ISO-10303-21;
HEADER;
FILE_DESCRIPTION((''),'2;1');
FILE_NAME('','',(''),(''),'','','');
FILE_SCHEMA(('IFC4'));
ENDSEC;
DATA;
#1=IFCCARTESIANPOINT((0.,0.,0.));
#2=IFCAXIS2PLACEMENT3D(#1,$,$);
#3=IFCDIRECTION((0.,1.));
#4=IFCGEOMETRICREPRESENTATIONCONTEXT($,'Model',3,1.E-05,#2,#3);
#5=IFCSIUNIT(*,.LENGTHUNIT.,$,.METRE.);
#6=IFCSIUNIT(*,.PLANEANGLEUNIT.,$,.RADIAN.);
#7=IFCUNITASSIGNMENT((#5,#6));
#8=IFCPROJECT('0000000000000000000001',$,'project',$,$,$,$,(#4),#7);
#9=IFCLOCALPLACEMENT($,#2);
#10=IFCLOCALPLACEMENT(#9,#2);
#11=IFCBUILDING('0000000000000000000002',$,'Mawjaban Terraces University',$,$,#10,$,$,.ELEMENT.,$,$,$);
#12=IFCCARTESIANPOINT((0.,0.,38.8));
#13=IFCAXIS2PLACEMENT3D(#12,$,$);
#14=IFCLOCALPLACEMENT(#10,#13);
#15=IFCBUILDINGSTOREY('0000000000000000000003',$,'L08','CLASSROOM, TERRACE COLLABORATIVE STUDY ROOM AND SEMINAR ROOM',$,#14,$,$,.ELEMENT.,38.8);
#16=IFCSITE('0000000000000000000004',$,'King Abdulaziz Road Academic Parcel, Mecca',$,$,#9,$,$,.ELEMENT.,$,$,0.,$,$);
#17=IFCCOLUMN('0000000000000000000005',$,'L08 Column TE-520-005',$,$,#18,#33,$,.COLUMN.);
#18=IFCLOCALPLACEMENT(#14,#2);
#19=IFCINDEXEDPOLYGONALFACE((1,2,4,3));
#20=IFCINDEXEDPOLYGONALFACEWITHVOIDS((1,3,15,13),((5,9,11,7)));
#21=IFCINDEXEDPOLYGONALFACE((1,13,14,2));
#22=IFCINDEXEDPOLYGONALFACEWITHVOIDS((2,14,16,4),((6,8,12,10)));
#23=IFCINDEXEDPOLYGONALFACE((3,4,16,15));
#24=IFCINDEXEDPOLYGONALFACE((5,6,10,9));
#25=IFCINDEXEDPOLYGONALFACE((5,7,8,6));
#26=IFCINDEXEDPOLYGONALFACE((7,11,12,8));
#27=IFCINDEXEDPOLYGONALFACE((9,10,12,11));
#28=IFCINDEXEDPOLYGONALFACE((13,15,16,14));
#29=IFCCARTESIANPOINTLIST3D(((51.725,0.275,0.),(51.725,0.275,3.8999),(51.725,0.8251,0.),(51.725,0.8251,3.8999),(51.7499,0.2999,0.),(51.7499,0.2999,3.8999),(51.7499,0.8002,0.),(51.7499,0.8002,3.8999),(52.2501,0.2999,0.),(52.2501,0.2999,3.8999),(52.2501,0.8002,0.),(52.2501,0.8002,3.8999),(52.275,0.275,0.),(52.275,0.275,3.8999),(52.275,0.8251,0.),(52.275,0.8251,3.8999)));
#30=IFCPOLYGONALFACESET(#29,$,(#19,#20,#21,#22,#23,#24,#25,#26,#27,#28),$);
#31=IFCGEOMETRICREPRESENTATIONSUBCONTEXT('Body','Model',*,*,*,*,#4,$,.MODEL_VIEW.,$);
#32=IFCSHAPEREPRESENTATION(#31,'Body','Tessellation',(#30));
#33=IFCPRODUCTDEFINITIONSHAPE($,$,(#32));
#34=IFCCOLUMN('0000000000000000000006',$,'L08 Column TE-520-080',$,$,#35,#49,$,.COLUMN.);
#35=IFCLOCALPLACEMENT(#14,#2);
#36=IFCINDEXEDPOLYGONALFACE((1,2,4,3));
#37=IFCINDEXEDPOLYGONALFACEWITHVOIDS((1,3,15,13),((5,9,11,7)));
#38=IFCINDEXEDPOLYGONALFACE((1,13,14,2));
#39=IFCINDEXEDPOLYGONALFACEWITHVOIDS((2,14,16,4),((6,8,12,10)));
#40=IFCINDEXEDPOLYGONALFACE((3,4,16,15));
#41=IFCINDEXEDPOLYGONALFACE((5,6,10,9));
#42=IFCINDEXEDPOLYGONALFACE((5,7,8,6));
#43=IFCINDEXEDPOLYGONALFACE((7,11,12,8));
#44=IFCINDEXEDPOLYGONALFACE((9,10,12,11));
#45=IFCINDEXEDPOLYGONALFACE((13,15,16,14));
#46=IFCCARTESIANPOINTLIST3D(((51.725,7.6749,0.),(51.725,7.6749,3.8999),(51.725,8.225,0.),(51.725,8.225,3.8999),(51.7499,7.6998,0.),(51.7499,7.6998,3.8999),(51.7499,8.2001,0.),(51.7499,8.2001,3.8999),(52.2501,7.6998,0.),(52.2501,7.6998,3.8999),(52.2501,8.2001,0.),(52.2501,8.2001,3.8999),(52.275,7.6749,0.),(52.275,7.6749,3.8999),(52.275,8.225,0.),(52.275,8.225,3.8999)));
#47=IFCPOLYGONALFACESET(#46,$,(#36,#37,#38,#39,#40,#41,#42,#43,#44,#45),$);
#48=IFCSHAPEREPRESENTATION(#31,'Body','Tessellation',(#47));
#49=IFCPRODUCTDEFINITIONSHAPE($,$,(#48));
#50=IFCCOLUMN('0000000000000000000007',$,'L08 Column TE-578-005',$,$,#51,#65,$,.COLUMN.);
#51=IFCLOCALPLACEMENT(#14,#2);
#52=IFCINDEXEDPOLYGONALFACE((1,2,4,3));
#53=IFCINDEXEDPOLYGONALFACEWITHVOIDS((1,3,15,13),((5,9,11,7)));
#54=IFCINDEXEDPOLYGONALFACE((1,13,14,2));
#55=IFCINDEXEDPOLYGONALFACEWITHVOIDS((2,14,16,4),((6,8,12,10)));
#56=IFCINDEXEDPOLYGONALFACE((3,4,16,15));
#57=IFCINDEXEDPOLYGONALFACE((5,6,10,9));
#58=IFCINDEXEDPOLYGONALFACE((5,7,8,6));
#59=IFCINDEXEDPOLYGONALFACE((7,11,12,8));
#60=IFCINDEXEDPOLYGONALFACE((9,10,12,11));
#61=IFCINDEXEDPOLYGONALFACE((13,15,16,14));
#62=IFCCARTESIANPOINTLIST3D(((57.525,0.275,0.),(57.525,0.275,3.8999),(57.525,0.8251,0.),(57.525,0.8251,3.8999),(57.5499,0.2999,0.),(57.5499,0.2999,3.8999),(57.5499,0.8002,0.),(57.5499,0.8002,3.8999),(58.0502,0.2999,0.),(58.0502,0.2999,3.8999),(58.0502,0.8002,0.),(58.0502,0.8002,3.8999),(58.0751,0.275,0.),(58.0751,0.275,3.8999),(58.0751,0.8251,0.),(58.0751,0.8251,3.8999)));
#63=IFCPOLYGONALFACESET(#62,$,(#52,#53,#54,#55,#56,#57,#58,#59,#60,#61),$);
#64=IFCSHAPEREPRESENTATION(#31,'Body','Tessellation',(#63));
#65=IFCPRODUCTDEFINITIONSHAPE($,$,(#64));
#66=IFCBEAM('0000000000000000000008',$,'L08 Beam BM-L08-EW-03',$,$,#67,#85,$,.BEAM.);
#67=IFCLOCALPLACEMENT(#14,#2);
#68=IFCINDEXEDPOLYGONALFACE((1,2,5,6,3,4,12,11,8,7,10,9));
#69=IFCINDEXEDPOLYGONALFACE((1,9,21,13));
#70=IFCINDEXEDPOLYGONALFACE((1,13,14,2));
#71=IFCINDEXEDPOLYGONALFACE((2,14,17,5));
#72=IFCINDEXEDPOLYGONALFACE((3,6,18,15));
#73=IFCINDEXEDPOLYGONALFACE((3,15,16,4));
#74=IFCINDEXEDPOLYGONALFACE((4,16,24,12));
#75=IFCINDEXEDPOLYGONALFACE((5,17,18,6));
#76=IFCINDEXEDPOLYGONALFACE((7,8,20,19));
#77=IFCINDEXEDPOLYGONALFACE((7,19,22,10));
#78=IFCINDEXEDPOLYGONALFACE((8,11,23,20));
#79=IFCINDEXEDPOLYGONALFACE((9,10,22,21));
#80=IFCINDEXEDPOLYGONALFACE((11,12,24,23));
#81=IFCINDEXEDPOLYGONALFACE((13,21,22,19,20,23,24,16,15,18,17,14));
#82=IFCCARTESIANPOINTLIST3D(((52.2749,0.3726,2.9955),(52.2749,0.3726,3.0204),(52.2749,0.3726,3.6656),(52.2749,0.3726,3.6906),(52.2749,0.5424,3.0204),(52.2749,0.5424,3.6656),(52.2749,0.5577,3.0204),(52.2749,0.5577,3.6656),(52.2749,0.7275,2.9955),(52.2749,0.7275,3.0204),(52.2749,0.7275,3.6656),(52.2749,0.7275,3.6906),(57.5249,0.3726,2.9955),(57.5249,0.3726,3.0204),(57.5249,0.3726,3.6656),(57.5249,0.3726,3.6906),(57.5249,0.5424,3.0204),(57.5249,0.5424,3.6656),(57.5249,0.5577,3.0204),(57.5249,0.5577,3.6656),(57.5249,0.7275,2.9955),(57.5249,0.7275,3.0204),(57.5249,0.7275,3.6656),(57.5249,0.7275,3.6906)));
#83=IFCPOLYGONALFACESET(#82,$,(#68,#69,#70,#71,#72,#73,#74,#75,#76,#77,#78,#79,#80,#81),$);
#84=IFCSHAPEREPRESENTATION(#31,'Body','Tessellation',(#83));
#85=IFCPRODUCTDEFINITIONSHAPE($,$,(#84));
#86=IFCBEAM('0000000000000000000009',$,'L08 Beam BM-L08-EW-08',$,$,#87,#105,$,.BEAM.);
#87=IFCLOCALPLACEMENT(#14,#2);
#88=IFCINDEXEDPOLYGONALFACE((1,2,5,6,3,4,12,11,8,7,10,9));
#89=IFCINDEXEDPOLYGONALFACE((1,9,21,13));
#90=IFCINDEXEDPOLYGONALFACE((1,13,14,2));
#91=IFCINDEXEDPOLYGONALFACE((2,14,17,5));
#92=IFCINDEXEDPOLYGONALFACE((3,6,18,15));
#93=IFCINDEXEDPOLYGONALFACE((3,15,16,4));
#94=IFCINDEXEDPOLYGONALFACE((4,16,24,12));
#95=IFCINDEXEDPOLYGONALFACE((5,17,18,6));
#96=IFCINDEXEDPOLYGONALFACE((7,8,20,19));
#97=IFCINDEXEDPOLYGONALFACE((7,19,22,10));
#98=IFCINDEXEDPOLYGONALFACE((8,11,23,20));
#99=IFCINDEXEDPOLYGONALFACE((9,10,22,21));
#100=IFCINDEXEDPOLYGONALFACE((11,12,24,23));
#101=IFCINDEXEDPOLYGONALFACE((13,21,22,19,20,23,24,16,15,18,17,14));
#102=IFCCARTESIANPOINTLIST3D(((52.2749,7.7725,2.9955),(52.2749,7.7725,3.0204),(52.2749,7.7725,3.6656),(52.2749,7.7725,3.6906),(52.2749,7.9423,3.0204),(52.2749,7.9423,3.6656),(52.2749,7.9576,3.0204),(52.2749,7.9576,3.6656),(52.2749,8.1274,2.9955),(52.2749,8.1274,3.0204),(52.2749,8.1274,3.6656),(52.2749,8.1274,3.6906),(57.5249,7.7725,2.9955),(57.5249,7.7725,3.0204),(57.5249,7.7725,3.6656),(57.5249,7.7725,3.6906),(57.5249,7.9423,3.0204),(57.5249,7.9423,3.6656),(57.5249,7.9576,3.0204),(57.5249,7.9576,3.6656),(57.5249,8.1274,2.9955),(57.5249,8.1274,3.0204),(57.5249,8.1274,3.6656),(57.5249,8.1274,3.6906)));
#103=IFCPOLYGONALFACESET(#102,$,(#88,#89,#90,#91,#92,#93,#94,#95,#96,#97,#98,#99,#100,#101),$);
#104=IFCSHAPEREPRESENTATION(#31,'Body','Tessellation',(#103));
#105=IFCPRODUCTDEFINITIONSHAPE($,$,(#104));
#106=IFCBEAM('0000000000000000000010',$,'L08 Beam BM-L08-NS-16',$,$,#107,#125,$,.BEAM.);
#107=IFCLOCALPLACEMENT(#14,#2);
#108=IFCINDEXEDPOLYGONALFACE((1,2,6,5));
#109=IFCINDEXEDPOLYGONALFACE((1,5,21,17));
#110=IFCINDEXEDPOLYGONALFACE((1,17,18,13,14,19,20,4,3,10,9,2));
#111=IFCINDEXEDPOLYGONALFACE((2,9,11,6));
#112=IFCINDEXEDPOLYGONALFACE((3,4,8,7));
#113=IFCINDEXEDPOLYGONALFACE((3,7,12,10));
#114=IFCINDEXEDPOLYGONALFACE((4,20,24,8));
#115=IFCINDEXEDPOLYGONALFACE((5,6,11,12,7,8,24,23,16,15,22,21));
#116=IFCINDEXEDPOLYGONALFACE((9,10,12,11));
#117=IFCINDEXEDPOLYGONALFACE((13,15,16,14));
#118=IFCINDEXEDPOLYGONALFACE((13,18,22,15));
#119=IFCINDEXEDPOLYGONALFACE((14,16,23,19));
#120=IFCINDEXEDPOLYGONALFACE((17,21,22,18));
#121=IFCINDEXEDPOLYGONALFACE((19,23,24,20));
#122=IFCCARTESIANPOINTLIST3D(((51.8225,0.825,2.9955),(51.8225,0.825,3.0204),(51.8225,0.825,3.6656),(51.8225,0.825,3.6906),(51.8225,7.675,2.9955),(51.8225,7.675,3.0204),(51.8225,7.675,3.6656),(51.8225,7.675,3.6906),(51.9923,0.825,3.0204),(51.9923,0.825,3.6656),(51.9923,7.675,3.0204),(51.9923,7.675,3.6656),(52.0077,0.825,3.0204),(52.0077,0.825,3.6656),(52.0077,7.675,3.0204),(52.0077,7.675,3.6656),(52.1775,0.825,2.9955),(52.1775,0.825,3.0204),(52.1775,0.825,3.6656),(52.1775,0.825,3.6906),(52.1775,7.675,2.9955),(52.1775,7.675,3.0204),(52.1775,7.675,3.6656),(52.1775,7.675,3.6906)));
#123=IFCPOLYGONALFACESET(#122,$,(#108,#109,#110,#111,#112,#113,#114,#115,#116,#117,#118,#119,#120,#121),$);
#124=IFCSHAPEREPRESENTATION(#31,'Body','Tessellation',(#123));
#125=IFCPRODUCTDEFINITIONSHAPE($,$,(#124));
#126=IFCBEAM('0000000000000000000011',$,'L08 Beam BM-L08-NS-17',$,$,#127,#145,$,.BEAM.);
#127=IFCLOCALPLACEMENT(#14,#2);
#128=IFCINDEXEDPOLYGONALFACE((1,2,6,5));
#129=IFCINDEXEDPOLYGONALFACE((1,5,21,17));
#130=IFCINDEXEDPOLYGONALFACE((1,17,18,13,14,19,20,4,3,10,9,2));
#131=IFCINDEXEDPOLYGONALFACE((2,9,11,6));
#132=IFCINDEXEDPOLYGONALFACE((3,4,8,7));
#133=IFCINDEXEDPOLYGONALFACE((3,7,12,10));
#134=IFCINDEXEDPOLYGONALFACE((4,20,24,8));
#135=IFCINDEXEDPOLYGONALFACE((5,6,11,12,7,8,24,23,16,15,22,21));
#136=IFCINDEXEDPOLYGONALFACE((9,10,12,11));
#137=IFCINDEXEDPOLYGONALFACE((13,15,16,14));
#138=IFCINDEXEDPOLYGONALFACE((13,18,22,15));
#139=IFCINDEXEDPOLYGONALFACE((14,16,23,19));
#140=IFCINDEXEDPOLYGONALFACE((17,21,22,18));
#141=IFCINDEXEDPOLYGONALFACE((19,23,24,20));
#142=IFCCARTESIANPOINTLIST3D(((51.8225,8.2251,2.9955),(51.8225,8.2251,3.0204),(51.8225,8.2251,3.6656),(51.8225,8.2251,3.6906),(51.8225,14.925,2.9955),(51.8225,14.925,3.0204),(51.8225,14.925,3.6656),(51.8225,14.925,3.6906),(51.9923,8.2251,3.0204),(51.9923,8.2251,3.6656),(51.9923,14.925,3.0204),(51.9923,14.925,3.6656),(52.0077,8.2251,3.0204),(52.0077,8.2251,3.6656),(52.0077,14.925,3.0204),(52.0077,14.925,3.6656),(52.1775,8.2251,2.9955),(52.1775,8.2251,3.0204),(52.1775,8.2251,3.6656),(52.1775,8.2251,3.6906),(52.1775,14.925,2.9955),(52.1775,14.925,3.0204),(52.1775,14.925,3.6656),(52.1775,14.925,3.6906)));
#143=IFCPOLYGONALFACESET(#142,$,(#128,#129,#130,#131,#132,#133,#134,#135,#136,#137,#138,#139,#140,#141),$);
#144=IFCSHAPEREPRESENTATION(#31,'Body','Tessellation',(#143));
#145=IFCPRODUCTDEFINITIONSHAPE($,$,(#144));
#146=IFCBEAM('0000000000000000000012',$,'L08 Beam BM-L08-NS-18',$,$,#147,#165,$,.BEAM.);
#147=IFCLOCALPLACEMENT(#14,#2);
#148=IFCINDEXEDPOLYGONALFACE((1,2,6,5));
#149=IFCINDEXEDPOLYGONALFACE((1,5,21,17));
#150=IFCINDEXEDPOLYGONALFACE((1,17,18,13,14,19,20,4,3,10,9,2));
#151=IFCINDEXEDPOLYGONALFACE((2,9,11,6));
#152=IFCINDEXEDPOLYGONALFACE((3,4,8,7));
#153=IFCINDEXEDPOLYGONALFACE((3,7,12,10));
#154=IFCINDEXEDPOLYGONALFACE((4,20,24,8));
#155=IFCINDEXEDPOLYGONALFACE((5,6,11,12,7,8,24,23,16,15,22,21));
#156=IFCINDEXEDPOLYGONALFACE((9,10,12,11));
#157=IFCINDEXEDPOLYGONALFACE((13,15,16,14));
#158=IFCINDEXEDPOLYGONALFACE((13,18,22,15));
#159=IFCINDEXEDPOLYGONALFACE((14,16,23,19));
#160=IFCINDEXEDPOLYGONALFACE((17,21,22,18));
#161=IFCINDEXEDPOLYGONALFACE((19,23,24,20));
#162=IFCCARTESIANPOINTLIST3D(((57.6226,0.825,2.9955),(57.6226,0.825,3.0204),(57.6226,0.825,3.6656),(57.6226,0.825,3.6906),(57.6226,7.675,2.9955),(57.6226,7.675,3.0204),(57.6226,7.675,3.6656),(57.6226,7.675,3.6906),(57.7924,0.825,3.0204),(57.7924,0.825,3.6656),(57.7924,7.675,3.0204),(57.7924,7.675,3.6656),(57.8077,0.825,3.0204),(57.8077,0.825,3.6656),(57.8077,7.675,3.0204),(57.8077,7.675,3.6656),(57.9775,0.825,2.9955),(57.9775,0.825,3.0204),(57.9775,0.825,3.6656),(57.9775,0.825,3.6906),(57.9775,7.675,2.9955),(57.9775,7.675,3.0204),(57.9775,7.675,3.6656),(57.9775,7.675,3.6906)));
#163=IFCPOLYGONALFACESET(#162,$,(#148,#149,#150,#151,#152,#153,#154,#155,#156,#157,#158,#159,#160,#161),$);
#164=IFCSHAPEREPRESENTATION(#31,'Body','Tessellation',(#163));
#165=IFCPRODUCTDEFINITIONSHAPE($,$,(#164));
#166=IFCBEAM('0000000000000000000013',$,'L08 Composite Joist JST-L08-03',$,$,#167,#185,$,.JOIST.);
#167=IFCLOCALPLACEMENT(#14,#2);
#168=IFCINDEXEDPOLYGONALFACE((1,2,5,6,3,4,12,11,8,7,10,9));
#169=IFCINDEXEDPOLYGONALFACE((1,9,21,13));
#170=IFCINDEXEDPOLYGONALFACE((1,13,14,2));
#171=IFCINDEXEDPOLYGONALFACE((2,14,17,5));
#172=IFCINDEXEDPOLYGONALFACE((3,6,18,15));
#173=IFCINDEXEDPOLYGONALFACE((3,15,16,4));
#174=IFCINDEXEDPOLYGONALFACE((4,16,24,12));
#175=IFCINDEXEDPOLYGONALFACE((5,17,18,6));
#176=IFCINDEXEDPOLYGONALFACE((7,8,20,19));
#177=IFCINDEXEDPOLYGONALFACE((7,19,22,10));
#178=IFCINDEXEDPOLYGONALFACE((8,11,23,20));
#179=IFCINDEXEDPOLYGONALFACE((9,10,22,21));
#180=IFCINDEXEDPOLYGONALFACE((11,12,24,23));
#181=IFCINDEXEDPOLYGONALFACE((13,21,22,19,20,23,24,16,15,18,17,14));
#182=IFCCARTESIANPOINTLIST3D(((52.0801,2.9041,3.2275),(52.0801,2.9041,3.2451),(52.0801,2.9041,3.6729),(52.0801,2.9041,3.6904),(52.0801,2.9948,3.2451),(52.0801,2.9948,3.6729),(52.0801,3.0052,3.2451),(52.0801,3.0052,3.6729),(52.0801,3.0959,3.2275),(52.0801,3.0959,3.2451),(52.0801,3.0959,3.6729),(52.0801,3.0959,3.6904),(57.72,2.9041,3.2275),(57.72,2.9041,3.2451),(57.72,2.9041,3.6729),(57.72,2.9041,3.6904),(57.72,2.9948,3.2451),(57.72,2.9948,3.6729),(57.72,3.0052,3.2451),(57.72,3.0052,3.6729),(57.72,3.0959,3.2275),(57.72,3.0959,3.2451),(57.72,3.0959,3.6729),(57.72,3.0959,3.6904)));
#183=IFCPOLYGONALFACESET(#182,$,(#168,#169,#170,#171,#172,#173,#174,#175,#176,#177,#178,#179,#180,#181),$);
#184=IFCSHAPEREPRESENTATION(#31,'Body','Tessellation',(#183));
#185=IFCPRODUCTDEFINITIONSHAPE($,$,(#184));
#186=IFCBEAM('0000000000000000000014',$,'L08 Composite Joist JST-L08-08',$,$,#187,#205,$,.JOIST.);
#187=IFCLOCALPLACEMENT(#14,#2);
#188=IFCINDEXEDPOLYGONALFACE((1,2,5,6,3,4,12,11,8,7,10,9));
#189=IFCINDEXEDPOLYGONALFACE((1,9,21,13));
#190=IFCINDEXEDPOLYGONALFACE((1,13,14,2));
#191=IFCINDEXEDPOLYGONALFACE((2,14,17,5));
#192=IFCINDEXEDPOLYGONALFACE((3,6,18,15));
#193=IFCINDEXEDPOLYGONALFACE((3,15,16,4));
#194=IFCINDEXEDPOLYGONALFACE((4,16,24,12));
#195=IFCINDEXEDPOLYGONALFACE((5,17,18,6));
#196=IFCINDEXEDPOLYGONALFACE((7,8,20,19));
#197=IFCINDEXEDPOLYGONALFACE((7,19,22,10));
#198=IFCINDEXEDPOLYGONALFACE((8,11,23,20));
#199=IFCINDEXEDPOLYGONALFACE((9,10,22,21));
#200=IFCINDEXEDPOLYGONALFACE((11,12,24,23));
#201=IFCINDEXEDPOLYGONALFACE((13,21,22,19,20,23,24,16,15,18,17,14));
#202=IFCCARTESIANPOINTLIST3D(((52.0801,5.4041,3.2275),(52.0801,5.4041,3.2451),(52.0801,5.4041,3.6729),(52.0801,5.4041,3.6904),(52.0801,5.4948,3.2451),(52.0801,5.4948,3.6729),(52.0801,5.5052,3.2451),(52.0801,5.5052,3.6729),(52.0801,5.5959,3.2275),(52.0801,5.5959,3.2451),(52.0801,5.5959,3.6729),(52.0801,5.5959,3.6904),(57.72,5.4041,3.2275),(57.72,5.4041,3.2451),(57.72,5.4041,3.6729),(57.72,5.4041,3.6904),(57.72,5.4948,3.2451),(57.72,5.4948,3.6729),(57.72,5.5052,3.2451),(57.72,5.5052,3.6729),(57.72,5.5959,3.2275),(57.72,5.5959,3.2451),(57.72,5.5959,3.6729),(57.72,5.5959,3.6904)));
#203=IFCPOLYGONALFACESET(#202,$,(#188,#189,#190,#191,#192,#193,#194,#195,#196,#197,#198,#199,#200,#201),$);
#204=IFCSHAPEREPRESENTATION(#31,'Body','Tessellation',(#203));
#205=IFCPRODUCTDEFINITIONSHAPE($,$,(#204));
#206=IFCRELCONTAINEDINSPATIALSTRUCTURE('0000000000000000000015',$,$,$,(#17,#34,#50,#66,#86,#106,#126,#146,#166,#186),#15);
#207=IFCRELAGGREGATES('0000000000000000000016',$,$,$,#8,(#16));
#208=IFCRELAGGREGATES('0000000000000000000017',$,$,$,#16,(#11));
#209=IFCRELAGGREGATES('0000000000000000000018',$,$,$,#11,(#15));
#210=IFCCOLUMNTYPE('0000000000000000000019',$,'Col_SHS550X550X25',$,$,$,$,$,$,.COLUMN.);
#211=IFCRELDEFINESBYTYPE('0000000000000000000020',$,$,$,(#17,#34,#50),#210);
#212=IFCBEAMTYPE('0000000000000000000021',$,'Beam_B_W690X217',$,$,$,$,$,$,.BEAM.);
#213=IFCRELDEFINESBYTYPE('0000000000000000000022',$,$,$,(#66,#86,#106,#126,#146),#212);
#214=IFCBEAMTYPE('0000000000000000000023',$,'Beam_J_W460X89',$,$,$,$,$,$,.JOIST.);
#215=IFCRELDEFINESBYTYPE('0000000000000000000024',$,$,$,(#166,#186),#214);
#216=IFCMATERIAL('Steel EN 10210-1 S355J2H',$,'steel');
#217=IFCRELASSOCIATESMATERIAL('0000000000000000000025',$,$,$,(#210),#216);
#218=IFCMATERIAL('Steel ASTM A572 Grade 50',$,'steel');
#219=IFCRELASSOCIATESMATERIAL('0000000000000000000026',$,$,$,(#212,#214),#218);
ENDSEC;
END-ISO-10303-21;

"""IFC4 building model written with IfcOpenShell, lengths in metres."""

from ifc_helpers import new_model, si_unit, direction, frame, origin, origin_2d, place, context, subcontext, project, spatial, hollow_rectangle, i_section, extrude, material, material_profile, profile_set, type_object, element, save


model = new_model("IFC4")

# Units and contexts
model_context = context("Model", 3, precision=1e-05, world=origin(), true_north=direction((0.0, 1.0)))
body_context = subcontext(model_context, "Body", "Model", "MODEL_VIEW")
ifc_project = project(units=[si_unit("LENGTHUNIT", "METRE"), si_unit("PLANEANGLEUNIT", "RADIAN")], contexts=[model_context])

# Site, building, storey
site_placement = place(None, origin())
site = spatial("IfcSite", under=ifc_project, at=site_placement, Name="King Abdulaziz Road Academic Parcel, Mecca", CompositionType="ELEMENT", RefElevation=0.0)
building_placement = place(site_placement, origin())
building = spatial("IfcBuilding", under=site, at=building_placement, Name="Mawjaban Terraces University", CompositionType="ELEMENT")
storey_placement = place(building_placement, frame((0.0, 0.0, 38.8)))
storey = spatial("IfcBuildingStorey", under=building, at=storey_placement, Name="L08", Description="CLASSROOM, TERRACE COLLABORATIVE STUDY ROOM AND SEMINAR ROOM", CompositionType="ELEMENT", Elevation=38.8)

# Columns
ifc_material_1 = material(Name="Steel EN 10210-1 S355J2H", Category="steel")
ifc_material_profile_1 = material_profile(ifc_material_1, hollow_rectangle(XDim=0.55, YDim=0.55, WallThickness=0.0249, at=origin_2d()), Name="SHS550X550X25")
ifc_profile_set_1 = profile_set([ifc_material_profile_1], Name="Steel EN 10210-1 S355J2H")
column_type = type_object("IfcColumnType", Name="Col_SHS550X550X25", PredefinedType="COLUMN", material=ifc_profile_set_1)
for number, where, z_axis, x_axis, name in (
    (1, (52.0, 0.55, 0.0), (0.0, 0.0, 1.0), (1.0, 0.0, 0.0), "L08 Column TE-520-005"),
    (2, (52.0, 7.95, 0.0), (0.0, 0.0, 1.0), (1.0, 0.0, 0.0), "L08 Column TE-520-080"),
    (3, (57.8, 0.55, 0.0), (0.0, 0.0, 1.0), (1.0, 0.0, 0.0), "L08 Column TE-578-005"),
):
    element("IfcColumn", number, at=place(storey_placement, frame(where, z_axis=z_axis, x_axis=x_axis)), inside=storey, type_object=column_type, Name=name, PredefinedType="COLUMN", context=body_context, shape_type="SweptSolid", body=[
        extrude(hollow_rectangle(XDim=0.55, YDim=0.55, WallThickness=0.0249, at=origin_2d()), origin(), (0.0, 0.0, 1.0), 3.8999),
    ])

# Beams
ifc_material_2 = material(Name="Steel ASTM A572 Grade 50", Category="steel")
ifc_material_profile_2 = material_profile(ifc_material_2, i_section(OverallWidth=0.355, OverallDepth=0.6951, WebThickness=0.0154, FlangeThickness=0.0249, at=origin_2d()), Name="W690X217")
ifc_profile_set_2 = profile_set([ifc_material_profile_2], Name="Steel ASTM A572 Grade 50")
beam_type_1 = type_object("IfcBeamType", Name="Beam_B_W690X217", PredefinedType="BEAM", material=ifc_profile_set_2)
for number, where, z_axis, x_axis, name in (
    (4, (52.2749, 0.55, 3.343), (1.0, 0.0, 0.0), (0.0, 1.0, 0.0), "L08 Beam BM-L08-EW-03"),
    (5, (52.2749, 7.95, 3.343), (1.0, 0.0, 0.0), (0.0, 1.0, 0.0), "L08 Beam BM-L08-EW-08"),
):
    element("IfcBeam", number, at=place(storey_placement, frame(where, z_axis=z_axis, x_axis=x_axis)), inside=storey, type_object=beam_type_1, Name=name, PredefinedType="BEAM", context=body_context, shape_type="SweptSolid", body=[
        extrude(i_section(OverallWidth=0.355, OverallDepth=0.6951, WebThickness=0.0154, FlangeThickness=0.0249, at=origin_2d()), origin(), (0.0, 0.0, 1.0), 5.25),
    ])
beam_1_placement = place(storey_placement, frame((52.0, 0.825, 3.343), z_axis=(0.0, 1.0, 0.0), x_axis=(-1.0, 0.0, 0.0)))
element("IfcBeam", 6, at=beam_1_placement, inside=storey, type_object=beam_type_1, Name="L08 Beam BM-L08-NS-16", PredefinedType="BEAM", context=body_context, shape_type="SweptSolid", body=[
    extrude(i_section(OverallWidth=0.355, OverallDepth=0.6951, WebThickness=0.0154, FlangeThickness=0.0249, at=origin_2d()), origin(), (0.0, 0.0, 1.0), 6.8501),
])
beam_2_placement = place(storey_placement, frame((52.0, 8.2251, 3.343), z_axis=(0.0, 1.0, 0.0), x_axis=(-1.0, 0.0, 0.0)))
element("IfcBeam", 7, at=beam_2_placement, inside=storey, type_object=beam_type_1, Name="L08 Beam BM-L08-NS-17", PredefinedType="BEAM", context=body_context, shape_type="SweptSolid", body=[
    extrude(i_section(OverallWidth=0.355, OverallDepth=0.6951, WebThickness=0.0154, FlangeThickness=0.0249, at=origin_2d()), origin(), (0.0, 0.0, 1.0), 6.7),
])
beam_3_placement = place(storey_placement, frame((57.8, 0.825, 3.343), z_axis=(0.0, 1.0, 0.0), x_axis=(-1.0, 0.0, 0.0)))
element("IfcBeam", 8, at=beam_3_placement, inside=storey, type_object=beam_type_1, Name="L08 Beam BM-L08-NS-18", PredefinedType="BEAM", context=body_context, shape_type="SweptSolid", body=[
    extrude(i_section(OverallWidth=0.355, OverallDepth=0.6951, WebThickness=0.0154, FlangeThickness=0.0249, at=origin_2d()), origin(), (0.0, 0.0, 1.0), 6.8501),
])
ifc_material_profile_3 = material_profile(ifc_material_2, i_section(OverallWidth=0.1919, OverallDepth=0.4629, WebThickness=0.0105, FlangeThickness=0.0176, at=origin_2d()), Name="W460X89")
ifc_profile_set_3 = profile_set([ifc_material_profile_3], Name="Steel ASTM A572 Grade 50")
beam_type_2 = type_object("IfcBeamType", Name="Beam_J_W460X89", PredefinedType="JOIST", material=ifc_profile_set_3)
for number, where, z_axis, x_axis, name in (
    (9, (52.0801, 3.0, 3.459), (1.0, 0.0, 0.0), (0.0, 1.0, 0.0), "L08 Composite Joist JST-L08-03"),
    (10, (52.0801, 5.5, 3.459), (1.0, 0.0, 0.0), (0.0, 1.0, 0.0), "L08 Composite Joist JST-L08-08"),
):
    element("IfcBeam", number, at=place(storey_placement, frame(where, z_axis=z_axis, x_axis=x_axis)), inside=storey, type_object=beam_type_2, Name=name, PredefinedType="JOIST", context=body_context, shape_type="SweptSolid", body=[
        extrude(i_section(OverallWidth=0.1919, OverallDepth=0.4629, WebThickness=0.0105, FlangeThickness=0.0176, at=origin_2d()), origin(), (0.0, 0.0, 1.0), 5.6399),
    ])

save(model, "model.ifc")
